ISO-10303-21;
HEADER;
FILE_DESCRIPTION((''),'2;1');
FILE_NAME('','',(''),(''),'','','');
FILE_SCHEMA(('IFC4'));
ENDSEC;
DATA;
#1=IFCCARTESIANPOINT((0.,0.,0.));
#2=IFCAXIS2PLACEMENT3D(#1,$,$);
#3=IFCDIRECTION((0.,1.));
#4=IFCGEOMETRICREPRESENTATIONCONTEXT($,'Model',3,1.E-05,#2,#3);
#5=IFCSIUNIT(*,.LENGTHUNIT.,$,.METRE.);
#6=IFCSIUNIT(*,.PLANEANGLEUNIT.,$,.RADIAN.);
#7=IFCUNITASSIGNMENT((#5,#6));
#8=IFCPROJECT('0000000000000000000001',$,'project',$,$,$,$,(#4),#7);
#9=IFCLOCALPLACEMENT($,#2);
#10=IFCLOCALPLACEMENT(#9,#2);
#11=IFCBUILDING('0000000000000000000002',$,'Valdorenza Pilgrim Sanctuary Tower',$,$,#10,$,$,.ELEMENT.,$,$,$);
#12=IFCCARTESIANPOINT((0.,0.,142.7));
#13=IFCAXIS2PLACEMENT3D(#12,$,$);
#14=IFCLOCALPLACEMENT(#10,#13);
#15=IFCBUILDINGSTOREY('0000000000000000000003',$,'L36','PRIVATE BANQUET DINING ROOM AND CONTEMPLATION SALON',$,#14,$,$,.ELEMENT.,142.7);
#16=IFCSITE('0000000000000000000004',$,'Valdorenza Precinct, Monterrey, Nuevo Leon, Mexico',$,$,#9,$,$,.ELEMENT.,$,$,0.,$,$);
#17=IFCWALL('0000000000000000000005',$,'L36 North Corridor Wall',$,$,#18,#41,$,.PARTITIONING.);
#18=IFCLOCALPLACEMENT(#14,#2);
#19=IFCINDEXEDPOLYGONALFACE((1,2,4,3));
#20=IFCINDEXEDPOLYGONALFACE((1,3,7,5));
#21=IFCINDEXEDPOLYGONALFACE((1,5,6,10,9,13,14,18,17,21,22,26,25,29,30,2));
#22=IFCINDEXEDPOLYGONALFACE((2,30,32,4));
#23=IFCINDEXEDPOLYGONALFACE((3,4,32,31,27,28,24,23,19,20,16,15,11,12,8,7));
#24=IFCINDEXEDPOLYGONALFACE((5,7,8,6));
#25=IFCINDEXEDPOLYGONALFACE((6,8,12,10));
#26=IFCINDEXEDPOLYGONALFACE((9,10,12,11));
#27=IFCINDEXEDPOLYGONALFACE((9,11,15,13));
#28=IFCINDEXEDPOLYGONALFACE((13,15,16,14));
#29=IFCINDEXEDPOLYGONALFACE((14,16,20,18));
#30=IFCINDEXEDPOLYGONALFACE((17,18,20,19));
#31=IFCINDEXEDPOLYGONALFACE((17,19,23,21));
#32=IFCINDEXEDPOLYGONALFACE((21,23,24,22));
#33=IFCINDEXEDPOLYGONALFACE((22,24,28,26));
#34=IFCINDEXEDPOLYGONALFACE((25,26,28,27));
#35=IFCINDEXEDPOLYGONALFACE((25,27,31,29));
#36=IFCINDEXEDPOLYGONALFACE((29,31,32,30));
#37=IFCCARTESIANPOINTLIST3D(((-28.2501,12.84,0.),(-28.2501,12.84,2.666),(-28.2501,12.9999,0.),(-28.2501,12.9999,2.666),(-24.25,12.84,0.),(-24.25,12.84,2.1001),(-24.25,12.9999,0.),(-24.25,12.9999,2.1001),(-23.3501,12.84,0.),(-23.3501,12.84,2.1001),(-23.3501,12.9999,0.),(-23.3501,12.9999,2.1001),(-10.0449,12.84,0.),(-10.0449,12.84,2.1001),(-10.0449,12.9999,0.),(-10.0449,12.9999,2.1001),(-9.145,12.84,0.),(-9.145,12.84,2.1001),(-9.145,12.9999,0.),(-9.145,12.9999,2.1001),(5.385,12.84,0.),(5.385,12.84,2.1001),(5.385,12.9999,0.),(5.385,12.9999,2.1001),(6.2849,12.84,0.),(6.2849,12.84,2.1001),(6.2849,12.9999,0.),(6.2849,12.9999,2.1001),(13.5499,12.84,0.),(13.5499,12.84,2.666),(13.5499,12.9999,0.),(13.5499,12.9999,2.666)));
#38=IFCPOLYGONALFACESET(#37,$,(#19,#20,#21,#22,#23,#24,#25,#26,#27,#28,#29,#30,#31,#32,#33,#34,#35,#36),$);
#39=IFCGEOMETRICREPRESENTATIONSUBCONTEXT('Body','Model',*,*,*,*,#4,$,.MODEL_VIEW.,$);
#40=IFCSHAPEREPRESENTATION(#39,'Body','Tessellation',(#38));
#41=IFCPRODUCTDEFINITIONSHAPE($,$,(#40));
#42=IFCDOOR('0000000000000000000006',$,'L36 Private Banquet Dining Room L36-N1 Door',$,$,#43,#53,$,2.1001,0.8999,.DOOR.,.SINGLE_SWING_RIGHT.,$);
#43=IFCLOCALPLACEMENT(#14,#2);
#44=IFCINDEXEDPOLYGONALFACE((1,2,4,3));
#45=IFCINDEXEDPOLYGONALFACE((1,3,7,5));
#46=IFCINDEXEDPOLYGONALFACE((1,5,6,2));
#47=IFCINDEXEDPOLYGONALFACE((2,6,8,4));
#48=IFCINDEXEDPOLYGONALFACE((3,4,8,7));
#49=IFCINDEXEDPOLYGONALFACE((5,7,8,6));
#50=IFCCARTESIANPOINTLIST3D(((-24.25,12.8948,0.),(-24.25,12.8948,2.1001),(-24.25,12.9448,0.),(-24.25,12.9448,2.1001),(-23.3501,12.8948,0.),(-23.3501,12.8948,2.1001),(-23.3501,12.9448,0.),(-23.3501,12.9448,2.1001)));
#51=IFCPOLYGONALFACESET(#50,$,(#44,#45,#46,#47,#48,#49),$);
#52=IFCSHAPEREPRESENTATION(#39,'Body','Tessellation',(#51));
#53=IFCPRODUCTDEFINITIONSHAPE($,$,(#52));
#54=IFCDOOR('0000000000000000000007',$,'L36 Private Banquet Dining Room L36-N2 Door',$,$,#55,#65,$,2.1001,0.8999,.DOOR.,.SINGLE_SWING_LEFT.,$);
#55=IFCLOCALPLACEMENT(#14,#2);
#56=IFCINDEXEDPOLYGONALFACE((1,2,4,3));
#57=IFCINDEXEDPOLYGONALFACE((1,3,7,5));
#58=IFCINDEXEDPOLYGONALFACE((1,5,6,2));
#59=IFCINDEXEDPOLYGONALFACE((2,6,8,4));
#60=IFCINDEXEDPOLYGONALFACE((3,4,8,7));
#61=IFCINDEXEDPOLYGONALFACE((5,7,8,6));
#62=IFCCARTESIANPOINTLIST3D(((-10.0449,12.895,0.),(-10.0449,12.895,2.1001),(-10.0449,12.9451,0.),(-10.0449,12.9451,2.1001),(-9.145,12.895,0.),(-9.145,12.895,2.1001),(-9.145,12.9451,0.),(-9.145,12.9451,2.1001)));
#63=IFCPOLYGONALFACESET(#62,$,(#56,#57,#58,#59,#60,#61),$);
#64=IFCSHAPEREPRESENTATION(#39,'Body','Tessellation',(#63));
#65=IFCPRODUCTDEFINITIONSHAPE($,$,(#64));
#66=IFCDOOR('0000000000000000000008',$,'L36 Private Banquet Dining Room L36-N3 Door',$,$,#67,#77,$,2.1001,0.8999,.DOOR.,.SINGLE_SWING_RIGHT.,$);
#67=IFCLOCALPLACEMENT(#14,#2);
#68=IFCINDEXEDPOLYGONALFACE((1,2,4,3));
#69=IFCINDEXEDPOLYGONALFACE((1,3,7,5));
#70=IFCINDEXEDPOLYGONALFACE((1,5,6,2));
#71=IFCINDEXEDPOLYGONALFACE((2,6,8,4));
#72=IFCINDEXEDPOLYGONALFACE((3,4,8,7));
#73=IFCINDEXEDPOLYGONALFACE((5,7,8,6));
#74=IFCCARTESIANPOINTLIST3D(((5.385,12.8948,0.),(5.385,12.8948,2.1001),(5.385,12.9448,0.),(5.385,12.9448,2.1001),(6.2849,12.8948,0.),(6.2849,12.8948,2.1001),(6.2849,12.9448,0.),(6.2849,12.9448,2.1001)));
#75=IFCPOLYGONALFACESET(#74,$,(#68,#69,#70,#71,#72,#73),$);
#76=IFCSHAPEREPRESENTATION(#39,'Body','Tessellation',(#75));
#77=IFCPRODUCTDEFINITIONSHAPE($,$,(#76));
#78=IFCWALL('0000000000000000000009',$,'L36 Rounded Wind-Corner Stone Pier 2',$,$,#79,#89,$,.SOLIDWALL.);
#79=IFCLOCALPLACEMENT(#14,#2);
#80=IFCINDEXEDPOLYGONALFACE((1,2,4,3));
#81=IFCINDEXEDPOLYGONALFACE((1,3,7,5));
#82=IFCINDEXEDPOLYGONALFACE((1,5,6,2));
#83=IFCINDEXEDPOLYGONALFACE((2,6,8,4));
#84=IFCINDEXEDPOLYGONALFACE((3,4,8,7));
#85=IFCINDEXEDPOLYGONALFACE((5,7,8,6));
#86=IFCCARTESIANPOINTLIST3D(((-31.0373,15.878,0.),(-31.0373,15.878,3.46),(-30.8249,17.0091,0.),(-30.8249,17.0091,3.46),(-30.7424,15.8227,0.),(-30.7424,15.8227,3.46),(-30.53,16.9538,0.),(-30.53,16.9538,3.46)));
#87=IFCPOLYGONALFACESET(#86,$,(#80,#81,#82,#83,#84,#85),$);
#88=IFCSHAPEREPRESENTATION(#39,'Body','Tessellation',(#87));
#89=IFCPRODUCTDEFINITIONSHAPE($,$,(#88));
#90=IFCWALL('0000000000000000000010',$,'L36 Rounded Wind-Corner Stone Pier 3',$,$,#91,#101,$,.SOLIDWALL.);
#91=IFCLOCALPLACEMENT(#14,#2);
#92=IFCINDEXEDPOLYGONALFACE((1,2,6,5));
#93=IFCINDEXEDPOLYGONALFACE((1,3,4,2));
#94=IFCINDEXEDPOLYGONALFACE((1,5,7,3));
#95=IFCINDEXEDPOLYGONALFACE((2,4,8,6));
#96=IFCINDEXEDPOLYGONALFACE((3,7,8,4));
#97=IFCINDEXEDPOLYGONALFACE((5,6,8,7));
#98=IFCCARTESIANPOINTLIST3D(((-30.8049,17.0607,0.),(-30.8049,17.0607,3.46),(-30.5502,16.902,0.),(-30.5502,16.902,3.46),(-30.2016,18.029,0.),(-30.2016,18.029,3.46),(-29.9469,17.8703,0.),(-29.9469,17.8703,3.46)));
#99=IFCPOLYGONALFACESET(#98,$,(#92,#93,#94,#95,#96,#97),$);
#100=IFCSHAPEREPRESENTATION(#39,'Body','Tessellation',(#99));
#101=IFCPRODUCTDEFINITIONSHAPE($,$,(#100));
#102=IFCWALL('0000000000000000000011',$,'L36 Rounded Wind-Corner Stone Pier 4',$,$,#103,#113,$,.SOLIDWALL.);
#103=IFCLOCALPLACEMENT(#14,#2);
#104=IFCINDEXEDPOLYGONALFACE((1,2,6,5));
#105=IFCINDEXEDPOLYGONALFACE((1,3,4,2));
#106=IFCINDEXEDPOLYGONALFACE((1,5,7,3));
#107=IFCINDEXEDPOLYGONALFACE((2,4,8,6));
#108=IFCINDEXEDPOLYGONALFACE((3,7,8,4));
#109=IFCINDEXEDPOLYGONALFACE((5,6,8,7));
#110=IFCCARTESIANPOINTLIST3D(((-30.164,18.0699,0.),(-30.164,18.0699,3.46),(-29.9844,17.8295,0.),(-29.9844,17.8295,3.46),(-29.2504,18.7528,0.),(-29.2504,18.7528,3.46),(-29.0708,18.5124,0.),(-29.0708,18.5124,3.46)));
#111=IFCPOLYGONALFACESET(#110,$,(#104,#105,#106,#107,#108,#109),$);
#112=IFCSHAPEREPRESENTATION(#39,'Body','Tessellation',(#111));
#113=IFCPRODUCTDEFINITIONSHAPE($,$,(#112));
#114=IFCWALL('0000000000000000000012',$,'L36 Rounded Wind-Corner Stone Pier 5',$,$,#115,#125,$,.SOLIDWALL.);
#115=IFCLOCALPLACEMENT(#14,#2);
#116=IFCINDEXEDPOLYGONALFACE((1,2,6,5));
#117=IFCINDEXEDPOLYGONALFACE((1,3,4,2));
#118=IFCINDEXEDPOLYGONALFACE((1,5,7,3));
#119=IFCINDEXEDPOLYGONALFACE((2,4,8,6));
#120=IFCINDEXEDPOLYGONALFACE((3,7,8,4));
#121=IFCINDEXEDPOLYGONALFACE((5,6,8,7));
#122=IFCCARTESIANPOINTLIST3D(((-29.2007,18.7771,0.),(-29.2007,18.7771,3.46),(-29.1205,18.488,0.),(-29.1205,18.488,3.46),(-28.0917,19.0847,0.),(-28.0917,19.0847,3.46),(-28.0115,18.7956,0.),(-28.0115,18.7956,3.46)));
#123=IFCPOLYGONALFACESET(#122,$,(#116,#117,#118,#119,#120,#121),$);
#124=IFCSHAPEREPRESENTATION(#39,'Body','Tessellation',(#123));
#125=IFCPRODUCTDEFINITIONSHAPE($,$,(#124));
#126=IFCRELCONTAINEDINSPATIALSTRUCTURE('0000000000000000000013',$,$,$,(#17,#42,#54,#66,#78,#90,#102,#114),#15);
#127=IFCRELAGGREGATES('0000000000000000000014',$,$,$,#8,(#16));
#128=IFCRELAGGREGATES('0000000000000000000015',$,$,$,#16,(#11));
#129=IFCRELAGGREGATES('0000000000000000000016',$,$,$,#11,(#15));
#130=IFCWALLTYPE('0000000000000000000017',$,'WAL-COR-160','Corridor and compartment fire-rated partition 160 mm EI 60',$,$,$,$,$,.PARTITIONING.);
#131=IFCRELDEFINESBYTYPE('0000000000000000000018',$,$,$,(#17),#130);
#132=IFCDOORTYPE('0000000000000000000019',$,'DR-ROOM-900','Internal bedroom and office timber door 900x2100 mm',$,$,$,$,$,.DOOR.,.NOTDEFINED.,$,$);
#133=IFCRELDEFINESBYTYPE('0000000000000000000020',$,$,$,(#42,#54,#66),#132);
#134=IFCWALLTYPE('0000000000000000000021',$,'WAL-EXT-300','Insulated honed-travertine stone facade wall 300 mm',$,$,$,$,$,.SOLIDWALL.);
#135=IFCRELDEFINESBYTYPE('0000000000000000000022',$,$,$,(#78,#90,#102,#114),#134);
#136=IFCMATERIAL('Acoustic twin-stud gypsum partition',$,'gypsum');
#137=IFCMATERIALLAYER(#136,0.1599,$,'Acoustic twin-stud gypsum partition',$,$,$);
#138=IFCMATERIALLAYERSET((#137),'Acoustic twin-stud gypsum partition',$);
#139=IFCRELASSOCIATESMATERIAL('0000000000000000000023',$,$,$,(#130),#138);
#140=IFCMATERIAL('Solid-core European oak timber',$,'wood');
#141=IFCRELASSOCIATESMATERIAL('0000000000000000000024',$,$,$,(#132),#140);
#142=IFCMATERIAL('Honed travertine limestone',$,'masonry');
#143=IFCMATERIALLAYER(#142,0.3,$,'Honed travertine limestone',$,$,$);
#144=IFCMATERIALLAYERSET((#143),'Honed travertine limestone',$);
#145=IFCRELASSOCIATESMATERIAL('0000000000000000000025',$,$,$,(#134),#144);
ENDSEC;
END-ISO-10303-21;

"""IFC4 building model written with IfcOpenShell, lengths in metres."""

from ifc_helpers import new_model, si_unit, direction, frame, frame_2d, origin, place, context, subcontext, project, spatial, rectangle, extrude, material, layer, layer_set, type_object, element, fill, save


model = new_model("IFC4")

# Units and contexts
model_context = context("Model", 3, precision=1e-05, world=origin(), true_north=direction((0.0, 1.0)))
body_context = subcontext(model_context, "Body", "Model", "MODEL_VIEW")
ifc_project = project(units=[si_unit("LENGTHUNIT", "METRE"), si_unit("PLANEANGLEUNIT", "RADIAN")], contexts=[model_context])

# Site, building, storey
site_placement = place(None, origin())
site = spatial("IfcSite", under=ifc_project, at=site_placement, Name="Valdorenza Precinct, Monterrey, Nuevo Leon, Mexico", CompositionType="ELEMENT", RefElevation=0.0)
building_placement = place(site_placement, origin())
building = spatial("IfcBuilding", under=site, at=building_placement, Name="Valdorenza Pilgrim Sanctuary Tower", CompositionType="ELEMENT")
storey_placement = place(building_placement, frame((0.0, 0.0, 142.7)))
storey = spatial("IfcBuildingStorey", under=building, at=storey_placement, Name="L36", Description="PRIVATE BANQUET DINING ROOM AND CONTEMPLATION SALON", CompositionType="ELEMENT", Elevation=142.7)

# Shared definitions
ifc_material_1 = material(Name="Honed travertine limestone", Category="masonry")

# Shared definitions
ifc_material_2 = material(Name="Acoustic twin-stud gypsum partition", Category="gypsum")
ifc_layer_1 = layer(ifc_material_2, 0.1599, Name="Acoustic twin-stud gypsum partition")
ifc_layer_set_1 = layer_set([ifc_layer_1], Name="Acoustic twin-stud gypsum partition")
wall_type_1 = type_object("IfcWallType", Name="WAL-COR-160", Description="Corridor and compartment fire-rated partition 160 mm EI 60", PredefinedType="PARTITIONING", material=ifc_layer_set_1)

# Wall, openings, doors
wall_1_placement = place(storey_placement, frame((-28.25, 12.9199, 0.0), z_axis=(0.0, 0.0, 1.0), x_axis=(1.0, 0.0, 0.0)))
wall_1 = element("IfcWall", 1, at=wall_1_placement, inside=storey, type_object=wall_type_1, Name="L36 North Corridor Wall", PredefinedType="PARTITIONING", context=body_context, shape_type="SweptSolid", body=[
    extrude(rectangle(XDim=41.8, YDim=0.1599, at=frame_2d((20.8999, 0.0))), origin(), (0.0, 0.0, 1.0), 2.666),
])
opening_1_placement = place(wall_1_placement, frame((4.0, 0.0, 0.0)))
opening_1 = element("IfcOpeningElement", 2, at=opening_1_placement, cuts=wall_1, PredefinedType="OPENING", context=body_context, shape_type="SweptSolid", body=[
    extrude(rectangle(XDim=0.8999, YDim=2.1001, at=frame_2d((0.45, 1.05))), frame((0.0, 0.0947, 0.0), z_axis=(0.0, -1.0, 0.0), x_axis=(1.0, 0.0, 0.0)), (0.0, 0.0, 1.0), 0.1897),
])
opening_2_placement = place(wall_1_placement, frame((18.2051, 0.0, 0.0)))
opening_2 = element("IfcOpeningElement", 3, at=opening_2_placement, cuts=wall_1, PredefinedType="OPENING", context=body_context, shape_type="SweptSolid", body=[
    extrude(rectangle(XDim=0.8999, YDim=2.1001, at=frame_2d((0.45, 1.05))), frame((0.0, 0.0947, 0.0), z_axis=(0.0, -1.0, 0.0), x_axis=(1.0, 0.0, 0.0)), (0.0, 0.0, 1.0), 0.1897),
])
opening_3_placement = place(wall_1_placement, frame((33.635, 0.0, 0.0)))
opening_3 = element("IfcOpeningElement", 4, at=opening_3_placement, cuts=wall_1, PredefinedType="OPENING", context=body_context, shape_type="SweptSolid", body=[
    extrude(rectangle(XDim=0.8999, YDim=2.1001, at=frame_2d((0.45, 1.05))), frame((0.0, 0.0947, 0.0), z_axis=(0.0, -1.0, 0.0), x_axis=(1.0, 0.0, 0.0)), (0.0, 0.0, 1.0), 0.1897),
])
ifc_material_3 = material(Name="Solid-core European oak timber", Category="wood")
door_type = type_object("IfcDoorType", Name="DR-ROOM-900", Description="Internal bedroom and office timber door 900x2100 mm", OperationType="NOTDEFINED", PredefinedType="DOOR", material=ifc_material_3)
door_1_placement = place(opening_1_placement, origin())
door_1 = element("IfcDoor", 5, at=door_1_placement, inside=storey, type_object=door_type, Name="L36 Private Banquet Dining Room L36-N1 Door", OperationType="SINGLE_SWING_RIGHT", OverallHeight=2.1001, OverallWidth=0.8999, PredefinedType="DOOR", context=body_context, shape_type="SweptSolid", body=[
    extrude(rectangle(XDim=0.8999, YDim=2.1001, at=frame_2d((0.45, 1.05))), frame((0.0, 0.0249, 0.0), z_axis=(0.0, -1.0, 0.0), x_axis=(1.0, 0.0, 0.0)), (0.0, 0.0, 1.0), 0.05),
])
fill(opening_1, door_1)
door_2_placement = place(opening_2_placement, frame((0.8999, 0.0, 0.0), z_axis=(0.0, 0.0, 1.0), x_axis=(-1.0, 0.0, 0.0)))
door_2 = element("IfcDoor", 6, at=door_2_placement, inside=storey, type_object=door_type, Name="L36 Private Banquet Dining Room L36-N2 Door", OperationType="SINGLE_SWING_LEFT", OverallHeight=2.1001, OverallWidth=0.8999, PredefinedType="DOOR", context=body_context, shape_type="SweptSolid", body=[
    extrude(rectangle(XDim=0.8999, YDim=2.1001, at=frame_2d((0.45, 1.05))), frame((0.0, 0.0249, 0.0), z_axis=(0.0, -1.0, 0.0), x_axis=(1.0, 0.0, 0.0)), (0.0, 0.0, 1.0), 0.05),
])
fill(opening_2, door_2)
door_3_placement = place(opening_3_placement, origin())
door_3 = element("IfcDoor", 7, at=door_3_placement, inside=storey, type_object=door_type, Name="L36 Private Banquet Dining Room L36-N3 Door", OperationType="SINGLE_SWING_RIGHT", OverallHeight=2.1001, OverallWidth=0.8999, PredefinedType="DOOR", context=body_context, shape_type="SweptSolid", body=[
    extrude(rectangle(XDim=0.8999, YDim=2.1001, at=frame_2d((0.45, 1.05))), frame((0.0, 0.0249, 0.0), z_axis=(0.0, -1.0, 0.0), x_axis=(1.0, 0.0, 0.0)), (0.0, 0.0, 1.0), 0.05),
])
fill(opening_3, door_3)

# Walls
ifc_layer_2 = layer(ifc_material_1, 0.3, Name="Honed travertine limestone")
ifc_layer_set_2 = layer_set([ifc_layer_2], Name="Honed travertine limestone")
wall_type_2 = type_object("IfcWallType", Name="WAL-EXT-300", Description="Insulated honed-travertine stone facade wall 300 mm", PredefinedType="SOLIDWALL", material=ifc_layer_set_2)
wall_2_placement = place(storey_placement, frame((-30.8899, 15.8503, 0.0), z_axis=(0.0, 0.0, 1.0), x_axis=(0.184557, 0.982822, 0.0)))
element("IfcWall", 8, at=wall_2_placement, inside=storey, type_object=wall_type_2, Name="L36 Rounded Wind-Corner Stone Pier 2", PredefinedType="SOLIDWALL", context=body_context, shape_type="SweptSolid", body=[
    extrude(rectangle(XDim=1.1509, YDim=0.3, at=frame_2d((0.5754, 0.0))), origin(), (0.0, 0.0, 1.0), 3.46),
])
wall_3_placement = place(storey_placement, frame((-30.6775, 16.9814, 0.0), z_axis=(0.0, 0.0, 1.0), x_axis=(0.528806, 0.848743, 0.0)))
element("IfcWall", 9, at=wall_3_placement, inside=storey, type_object=wall_type_2, Name="L36 Rounded Wind-Corner Stone Pier 3", PredefinedType="SOLIDWALL", context=body_context, shape_type="SweptSolid", body=[
    extrude(rectangle(XDim=1.1409, YDim=0.3, at=frame_2d((0.5703, 0.0))), origin(), (0.0, 0.0, 1.0), 3.46),
])
wall_4_placement = place(storey_placement, frame((-30.0742, 17.9497, 0.0), z_axis=(0.0, 0.0, 1.0), x_axis=(0.800975, 0.598698, 0.0)))
element("IfcWall", 10, at=wall_4_placement, inside=storey, type_object=wall_type_2, Name="L36 Rounded Wind-Corner Stone Pier 4", PredefinedType="SOLIDWALL", context=body_context, shape_type="SweptSolid", body=[
    extrude(rectangle(XDim=1.1406, YDim=0.3, at=frame_2d((0.5703, 0.0))), origin(), (0.0, 0.0, 1.0), 3.46),
])
wall_5_placement = place(storey_placement, frame((-29.1606, 18.6326, 0.0), z_axis=(0.0, 0.0, 1.0), x_axis=(0.963624, 0.267261, 0.0)))
element("IfcWall", 11, at=wall_5_placement, inside=storey, type_object=wall_type_2, Name="L36 Rounded Wind-Corner Stone Pier 5", PredefinedType="SOLIDWALL", context=body_context, shape_type="SweptSolid", body=[
    extrude(rectangle(XDim=1.1509, YDim=0.3, at=frame_2d((0.5754, 0.0))), origin(), (0.0, 0.0, 1.0), 3.46),
])

save(model, "model.ifc")
